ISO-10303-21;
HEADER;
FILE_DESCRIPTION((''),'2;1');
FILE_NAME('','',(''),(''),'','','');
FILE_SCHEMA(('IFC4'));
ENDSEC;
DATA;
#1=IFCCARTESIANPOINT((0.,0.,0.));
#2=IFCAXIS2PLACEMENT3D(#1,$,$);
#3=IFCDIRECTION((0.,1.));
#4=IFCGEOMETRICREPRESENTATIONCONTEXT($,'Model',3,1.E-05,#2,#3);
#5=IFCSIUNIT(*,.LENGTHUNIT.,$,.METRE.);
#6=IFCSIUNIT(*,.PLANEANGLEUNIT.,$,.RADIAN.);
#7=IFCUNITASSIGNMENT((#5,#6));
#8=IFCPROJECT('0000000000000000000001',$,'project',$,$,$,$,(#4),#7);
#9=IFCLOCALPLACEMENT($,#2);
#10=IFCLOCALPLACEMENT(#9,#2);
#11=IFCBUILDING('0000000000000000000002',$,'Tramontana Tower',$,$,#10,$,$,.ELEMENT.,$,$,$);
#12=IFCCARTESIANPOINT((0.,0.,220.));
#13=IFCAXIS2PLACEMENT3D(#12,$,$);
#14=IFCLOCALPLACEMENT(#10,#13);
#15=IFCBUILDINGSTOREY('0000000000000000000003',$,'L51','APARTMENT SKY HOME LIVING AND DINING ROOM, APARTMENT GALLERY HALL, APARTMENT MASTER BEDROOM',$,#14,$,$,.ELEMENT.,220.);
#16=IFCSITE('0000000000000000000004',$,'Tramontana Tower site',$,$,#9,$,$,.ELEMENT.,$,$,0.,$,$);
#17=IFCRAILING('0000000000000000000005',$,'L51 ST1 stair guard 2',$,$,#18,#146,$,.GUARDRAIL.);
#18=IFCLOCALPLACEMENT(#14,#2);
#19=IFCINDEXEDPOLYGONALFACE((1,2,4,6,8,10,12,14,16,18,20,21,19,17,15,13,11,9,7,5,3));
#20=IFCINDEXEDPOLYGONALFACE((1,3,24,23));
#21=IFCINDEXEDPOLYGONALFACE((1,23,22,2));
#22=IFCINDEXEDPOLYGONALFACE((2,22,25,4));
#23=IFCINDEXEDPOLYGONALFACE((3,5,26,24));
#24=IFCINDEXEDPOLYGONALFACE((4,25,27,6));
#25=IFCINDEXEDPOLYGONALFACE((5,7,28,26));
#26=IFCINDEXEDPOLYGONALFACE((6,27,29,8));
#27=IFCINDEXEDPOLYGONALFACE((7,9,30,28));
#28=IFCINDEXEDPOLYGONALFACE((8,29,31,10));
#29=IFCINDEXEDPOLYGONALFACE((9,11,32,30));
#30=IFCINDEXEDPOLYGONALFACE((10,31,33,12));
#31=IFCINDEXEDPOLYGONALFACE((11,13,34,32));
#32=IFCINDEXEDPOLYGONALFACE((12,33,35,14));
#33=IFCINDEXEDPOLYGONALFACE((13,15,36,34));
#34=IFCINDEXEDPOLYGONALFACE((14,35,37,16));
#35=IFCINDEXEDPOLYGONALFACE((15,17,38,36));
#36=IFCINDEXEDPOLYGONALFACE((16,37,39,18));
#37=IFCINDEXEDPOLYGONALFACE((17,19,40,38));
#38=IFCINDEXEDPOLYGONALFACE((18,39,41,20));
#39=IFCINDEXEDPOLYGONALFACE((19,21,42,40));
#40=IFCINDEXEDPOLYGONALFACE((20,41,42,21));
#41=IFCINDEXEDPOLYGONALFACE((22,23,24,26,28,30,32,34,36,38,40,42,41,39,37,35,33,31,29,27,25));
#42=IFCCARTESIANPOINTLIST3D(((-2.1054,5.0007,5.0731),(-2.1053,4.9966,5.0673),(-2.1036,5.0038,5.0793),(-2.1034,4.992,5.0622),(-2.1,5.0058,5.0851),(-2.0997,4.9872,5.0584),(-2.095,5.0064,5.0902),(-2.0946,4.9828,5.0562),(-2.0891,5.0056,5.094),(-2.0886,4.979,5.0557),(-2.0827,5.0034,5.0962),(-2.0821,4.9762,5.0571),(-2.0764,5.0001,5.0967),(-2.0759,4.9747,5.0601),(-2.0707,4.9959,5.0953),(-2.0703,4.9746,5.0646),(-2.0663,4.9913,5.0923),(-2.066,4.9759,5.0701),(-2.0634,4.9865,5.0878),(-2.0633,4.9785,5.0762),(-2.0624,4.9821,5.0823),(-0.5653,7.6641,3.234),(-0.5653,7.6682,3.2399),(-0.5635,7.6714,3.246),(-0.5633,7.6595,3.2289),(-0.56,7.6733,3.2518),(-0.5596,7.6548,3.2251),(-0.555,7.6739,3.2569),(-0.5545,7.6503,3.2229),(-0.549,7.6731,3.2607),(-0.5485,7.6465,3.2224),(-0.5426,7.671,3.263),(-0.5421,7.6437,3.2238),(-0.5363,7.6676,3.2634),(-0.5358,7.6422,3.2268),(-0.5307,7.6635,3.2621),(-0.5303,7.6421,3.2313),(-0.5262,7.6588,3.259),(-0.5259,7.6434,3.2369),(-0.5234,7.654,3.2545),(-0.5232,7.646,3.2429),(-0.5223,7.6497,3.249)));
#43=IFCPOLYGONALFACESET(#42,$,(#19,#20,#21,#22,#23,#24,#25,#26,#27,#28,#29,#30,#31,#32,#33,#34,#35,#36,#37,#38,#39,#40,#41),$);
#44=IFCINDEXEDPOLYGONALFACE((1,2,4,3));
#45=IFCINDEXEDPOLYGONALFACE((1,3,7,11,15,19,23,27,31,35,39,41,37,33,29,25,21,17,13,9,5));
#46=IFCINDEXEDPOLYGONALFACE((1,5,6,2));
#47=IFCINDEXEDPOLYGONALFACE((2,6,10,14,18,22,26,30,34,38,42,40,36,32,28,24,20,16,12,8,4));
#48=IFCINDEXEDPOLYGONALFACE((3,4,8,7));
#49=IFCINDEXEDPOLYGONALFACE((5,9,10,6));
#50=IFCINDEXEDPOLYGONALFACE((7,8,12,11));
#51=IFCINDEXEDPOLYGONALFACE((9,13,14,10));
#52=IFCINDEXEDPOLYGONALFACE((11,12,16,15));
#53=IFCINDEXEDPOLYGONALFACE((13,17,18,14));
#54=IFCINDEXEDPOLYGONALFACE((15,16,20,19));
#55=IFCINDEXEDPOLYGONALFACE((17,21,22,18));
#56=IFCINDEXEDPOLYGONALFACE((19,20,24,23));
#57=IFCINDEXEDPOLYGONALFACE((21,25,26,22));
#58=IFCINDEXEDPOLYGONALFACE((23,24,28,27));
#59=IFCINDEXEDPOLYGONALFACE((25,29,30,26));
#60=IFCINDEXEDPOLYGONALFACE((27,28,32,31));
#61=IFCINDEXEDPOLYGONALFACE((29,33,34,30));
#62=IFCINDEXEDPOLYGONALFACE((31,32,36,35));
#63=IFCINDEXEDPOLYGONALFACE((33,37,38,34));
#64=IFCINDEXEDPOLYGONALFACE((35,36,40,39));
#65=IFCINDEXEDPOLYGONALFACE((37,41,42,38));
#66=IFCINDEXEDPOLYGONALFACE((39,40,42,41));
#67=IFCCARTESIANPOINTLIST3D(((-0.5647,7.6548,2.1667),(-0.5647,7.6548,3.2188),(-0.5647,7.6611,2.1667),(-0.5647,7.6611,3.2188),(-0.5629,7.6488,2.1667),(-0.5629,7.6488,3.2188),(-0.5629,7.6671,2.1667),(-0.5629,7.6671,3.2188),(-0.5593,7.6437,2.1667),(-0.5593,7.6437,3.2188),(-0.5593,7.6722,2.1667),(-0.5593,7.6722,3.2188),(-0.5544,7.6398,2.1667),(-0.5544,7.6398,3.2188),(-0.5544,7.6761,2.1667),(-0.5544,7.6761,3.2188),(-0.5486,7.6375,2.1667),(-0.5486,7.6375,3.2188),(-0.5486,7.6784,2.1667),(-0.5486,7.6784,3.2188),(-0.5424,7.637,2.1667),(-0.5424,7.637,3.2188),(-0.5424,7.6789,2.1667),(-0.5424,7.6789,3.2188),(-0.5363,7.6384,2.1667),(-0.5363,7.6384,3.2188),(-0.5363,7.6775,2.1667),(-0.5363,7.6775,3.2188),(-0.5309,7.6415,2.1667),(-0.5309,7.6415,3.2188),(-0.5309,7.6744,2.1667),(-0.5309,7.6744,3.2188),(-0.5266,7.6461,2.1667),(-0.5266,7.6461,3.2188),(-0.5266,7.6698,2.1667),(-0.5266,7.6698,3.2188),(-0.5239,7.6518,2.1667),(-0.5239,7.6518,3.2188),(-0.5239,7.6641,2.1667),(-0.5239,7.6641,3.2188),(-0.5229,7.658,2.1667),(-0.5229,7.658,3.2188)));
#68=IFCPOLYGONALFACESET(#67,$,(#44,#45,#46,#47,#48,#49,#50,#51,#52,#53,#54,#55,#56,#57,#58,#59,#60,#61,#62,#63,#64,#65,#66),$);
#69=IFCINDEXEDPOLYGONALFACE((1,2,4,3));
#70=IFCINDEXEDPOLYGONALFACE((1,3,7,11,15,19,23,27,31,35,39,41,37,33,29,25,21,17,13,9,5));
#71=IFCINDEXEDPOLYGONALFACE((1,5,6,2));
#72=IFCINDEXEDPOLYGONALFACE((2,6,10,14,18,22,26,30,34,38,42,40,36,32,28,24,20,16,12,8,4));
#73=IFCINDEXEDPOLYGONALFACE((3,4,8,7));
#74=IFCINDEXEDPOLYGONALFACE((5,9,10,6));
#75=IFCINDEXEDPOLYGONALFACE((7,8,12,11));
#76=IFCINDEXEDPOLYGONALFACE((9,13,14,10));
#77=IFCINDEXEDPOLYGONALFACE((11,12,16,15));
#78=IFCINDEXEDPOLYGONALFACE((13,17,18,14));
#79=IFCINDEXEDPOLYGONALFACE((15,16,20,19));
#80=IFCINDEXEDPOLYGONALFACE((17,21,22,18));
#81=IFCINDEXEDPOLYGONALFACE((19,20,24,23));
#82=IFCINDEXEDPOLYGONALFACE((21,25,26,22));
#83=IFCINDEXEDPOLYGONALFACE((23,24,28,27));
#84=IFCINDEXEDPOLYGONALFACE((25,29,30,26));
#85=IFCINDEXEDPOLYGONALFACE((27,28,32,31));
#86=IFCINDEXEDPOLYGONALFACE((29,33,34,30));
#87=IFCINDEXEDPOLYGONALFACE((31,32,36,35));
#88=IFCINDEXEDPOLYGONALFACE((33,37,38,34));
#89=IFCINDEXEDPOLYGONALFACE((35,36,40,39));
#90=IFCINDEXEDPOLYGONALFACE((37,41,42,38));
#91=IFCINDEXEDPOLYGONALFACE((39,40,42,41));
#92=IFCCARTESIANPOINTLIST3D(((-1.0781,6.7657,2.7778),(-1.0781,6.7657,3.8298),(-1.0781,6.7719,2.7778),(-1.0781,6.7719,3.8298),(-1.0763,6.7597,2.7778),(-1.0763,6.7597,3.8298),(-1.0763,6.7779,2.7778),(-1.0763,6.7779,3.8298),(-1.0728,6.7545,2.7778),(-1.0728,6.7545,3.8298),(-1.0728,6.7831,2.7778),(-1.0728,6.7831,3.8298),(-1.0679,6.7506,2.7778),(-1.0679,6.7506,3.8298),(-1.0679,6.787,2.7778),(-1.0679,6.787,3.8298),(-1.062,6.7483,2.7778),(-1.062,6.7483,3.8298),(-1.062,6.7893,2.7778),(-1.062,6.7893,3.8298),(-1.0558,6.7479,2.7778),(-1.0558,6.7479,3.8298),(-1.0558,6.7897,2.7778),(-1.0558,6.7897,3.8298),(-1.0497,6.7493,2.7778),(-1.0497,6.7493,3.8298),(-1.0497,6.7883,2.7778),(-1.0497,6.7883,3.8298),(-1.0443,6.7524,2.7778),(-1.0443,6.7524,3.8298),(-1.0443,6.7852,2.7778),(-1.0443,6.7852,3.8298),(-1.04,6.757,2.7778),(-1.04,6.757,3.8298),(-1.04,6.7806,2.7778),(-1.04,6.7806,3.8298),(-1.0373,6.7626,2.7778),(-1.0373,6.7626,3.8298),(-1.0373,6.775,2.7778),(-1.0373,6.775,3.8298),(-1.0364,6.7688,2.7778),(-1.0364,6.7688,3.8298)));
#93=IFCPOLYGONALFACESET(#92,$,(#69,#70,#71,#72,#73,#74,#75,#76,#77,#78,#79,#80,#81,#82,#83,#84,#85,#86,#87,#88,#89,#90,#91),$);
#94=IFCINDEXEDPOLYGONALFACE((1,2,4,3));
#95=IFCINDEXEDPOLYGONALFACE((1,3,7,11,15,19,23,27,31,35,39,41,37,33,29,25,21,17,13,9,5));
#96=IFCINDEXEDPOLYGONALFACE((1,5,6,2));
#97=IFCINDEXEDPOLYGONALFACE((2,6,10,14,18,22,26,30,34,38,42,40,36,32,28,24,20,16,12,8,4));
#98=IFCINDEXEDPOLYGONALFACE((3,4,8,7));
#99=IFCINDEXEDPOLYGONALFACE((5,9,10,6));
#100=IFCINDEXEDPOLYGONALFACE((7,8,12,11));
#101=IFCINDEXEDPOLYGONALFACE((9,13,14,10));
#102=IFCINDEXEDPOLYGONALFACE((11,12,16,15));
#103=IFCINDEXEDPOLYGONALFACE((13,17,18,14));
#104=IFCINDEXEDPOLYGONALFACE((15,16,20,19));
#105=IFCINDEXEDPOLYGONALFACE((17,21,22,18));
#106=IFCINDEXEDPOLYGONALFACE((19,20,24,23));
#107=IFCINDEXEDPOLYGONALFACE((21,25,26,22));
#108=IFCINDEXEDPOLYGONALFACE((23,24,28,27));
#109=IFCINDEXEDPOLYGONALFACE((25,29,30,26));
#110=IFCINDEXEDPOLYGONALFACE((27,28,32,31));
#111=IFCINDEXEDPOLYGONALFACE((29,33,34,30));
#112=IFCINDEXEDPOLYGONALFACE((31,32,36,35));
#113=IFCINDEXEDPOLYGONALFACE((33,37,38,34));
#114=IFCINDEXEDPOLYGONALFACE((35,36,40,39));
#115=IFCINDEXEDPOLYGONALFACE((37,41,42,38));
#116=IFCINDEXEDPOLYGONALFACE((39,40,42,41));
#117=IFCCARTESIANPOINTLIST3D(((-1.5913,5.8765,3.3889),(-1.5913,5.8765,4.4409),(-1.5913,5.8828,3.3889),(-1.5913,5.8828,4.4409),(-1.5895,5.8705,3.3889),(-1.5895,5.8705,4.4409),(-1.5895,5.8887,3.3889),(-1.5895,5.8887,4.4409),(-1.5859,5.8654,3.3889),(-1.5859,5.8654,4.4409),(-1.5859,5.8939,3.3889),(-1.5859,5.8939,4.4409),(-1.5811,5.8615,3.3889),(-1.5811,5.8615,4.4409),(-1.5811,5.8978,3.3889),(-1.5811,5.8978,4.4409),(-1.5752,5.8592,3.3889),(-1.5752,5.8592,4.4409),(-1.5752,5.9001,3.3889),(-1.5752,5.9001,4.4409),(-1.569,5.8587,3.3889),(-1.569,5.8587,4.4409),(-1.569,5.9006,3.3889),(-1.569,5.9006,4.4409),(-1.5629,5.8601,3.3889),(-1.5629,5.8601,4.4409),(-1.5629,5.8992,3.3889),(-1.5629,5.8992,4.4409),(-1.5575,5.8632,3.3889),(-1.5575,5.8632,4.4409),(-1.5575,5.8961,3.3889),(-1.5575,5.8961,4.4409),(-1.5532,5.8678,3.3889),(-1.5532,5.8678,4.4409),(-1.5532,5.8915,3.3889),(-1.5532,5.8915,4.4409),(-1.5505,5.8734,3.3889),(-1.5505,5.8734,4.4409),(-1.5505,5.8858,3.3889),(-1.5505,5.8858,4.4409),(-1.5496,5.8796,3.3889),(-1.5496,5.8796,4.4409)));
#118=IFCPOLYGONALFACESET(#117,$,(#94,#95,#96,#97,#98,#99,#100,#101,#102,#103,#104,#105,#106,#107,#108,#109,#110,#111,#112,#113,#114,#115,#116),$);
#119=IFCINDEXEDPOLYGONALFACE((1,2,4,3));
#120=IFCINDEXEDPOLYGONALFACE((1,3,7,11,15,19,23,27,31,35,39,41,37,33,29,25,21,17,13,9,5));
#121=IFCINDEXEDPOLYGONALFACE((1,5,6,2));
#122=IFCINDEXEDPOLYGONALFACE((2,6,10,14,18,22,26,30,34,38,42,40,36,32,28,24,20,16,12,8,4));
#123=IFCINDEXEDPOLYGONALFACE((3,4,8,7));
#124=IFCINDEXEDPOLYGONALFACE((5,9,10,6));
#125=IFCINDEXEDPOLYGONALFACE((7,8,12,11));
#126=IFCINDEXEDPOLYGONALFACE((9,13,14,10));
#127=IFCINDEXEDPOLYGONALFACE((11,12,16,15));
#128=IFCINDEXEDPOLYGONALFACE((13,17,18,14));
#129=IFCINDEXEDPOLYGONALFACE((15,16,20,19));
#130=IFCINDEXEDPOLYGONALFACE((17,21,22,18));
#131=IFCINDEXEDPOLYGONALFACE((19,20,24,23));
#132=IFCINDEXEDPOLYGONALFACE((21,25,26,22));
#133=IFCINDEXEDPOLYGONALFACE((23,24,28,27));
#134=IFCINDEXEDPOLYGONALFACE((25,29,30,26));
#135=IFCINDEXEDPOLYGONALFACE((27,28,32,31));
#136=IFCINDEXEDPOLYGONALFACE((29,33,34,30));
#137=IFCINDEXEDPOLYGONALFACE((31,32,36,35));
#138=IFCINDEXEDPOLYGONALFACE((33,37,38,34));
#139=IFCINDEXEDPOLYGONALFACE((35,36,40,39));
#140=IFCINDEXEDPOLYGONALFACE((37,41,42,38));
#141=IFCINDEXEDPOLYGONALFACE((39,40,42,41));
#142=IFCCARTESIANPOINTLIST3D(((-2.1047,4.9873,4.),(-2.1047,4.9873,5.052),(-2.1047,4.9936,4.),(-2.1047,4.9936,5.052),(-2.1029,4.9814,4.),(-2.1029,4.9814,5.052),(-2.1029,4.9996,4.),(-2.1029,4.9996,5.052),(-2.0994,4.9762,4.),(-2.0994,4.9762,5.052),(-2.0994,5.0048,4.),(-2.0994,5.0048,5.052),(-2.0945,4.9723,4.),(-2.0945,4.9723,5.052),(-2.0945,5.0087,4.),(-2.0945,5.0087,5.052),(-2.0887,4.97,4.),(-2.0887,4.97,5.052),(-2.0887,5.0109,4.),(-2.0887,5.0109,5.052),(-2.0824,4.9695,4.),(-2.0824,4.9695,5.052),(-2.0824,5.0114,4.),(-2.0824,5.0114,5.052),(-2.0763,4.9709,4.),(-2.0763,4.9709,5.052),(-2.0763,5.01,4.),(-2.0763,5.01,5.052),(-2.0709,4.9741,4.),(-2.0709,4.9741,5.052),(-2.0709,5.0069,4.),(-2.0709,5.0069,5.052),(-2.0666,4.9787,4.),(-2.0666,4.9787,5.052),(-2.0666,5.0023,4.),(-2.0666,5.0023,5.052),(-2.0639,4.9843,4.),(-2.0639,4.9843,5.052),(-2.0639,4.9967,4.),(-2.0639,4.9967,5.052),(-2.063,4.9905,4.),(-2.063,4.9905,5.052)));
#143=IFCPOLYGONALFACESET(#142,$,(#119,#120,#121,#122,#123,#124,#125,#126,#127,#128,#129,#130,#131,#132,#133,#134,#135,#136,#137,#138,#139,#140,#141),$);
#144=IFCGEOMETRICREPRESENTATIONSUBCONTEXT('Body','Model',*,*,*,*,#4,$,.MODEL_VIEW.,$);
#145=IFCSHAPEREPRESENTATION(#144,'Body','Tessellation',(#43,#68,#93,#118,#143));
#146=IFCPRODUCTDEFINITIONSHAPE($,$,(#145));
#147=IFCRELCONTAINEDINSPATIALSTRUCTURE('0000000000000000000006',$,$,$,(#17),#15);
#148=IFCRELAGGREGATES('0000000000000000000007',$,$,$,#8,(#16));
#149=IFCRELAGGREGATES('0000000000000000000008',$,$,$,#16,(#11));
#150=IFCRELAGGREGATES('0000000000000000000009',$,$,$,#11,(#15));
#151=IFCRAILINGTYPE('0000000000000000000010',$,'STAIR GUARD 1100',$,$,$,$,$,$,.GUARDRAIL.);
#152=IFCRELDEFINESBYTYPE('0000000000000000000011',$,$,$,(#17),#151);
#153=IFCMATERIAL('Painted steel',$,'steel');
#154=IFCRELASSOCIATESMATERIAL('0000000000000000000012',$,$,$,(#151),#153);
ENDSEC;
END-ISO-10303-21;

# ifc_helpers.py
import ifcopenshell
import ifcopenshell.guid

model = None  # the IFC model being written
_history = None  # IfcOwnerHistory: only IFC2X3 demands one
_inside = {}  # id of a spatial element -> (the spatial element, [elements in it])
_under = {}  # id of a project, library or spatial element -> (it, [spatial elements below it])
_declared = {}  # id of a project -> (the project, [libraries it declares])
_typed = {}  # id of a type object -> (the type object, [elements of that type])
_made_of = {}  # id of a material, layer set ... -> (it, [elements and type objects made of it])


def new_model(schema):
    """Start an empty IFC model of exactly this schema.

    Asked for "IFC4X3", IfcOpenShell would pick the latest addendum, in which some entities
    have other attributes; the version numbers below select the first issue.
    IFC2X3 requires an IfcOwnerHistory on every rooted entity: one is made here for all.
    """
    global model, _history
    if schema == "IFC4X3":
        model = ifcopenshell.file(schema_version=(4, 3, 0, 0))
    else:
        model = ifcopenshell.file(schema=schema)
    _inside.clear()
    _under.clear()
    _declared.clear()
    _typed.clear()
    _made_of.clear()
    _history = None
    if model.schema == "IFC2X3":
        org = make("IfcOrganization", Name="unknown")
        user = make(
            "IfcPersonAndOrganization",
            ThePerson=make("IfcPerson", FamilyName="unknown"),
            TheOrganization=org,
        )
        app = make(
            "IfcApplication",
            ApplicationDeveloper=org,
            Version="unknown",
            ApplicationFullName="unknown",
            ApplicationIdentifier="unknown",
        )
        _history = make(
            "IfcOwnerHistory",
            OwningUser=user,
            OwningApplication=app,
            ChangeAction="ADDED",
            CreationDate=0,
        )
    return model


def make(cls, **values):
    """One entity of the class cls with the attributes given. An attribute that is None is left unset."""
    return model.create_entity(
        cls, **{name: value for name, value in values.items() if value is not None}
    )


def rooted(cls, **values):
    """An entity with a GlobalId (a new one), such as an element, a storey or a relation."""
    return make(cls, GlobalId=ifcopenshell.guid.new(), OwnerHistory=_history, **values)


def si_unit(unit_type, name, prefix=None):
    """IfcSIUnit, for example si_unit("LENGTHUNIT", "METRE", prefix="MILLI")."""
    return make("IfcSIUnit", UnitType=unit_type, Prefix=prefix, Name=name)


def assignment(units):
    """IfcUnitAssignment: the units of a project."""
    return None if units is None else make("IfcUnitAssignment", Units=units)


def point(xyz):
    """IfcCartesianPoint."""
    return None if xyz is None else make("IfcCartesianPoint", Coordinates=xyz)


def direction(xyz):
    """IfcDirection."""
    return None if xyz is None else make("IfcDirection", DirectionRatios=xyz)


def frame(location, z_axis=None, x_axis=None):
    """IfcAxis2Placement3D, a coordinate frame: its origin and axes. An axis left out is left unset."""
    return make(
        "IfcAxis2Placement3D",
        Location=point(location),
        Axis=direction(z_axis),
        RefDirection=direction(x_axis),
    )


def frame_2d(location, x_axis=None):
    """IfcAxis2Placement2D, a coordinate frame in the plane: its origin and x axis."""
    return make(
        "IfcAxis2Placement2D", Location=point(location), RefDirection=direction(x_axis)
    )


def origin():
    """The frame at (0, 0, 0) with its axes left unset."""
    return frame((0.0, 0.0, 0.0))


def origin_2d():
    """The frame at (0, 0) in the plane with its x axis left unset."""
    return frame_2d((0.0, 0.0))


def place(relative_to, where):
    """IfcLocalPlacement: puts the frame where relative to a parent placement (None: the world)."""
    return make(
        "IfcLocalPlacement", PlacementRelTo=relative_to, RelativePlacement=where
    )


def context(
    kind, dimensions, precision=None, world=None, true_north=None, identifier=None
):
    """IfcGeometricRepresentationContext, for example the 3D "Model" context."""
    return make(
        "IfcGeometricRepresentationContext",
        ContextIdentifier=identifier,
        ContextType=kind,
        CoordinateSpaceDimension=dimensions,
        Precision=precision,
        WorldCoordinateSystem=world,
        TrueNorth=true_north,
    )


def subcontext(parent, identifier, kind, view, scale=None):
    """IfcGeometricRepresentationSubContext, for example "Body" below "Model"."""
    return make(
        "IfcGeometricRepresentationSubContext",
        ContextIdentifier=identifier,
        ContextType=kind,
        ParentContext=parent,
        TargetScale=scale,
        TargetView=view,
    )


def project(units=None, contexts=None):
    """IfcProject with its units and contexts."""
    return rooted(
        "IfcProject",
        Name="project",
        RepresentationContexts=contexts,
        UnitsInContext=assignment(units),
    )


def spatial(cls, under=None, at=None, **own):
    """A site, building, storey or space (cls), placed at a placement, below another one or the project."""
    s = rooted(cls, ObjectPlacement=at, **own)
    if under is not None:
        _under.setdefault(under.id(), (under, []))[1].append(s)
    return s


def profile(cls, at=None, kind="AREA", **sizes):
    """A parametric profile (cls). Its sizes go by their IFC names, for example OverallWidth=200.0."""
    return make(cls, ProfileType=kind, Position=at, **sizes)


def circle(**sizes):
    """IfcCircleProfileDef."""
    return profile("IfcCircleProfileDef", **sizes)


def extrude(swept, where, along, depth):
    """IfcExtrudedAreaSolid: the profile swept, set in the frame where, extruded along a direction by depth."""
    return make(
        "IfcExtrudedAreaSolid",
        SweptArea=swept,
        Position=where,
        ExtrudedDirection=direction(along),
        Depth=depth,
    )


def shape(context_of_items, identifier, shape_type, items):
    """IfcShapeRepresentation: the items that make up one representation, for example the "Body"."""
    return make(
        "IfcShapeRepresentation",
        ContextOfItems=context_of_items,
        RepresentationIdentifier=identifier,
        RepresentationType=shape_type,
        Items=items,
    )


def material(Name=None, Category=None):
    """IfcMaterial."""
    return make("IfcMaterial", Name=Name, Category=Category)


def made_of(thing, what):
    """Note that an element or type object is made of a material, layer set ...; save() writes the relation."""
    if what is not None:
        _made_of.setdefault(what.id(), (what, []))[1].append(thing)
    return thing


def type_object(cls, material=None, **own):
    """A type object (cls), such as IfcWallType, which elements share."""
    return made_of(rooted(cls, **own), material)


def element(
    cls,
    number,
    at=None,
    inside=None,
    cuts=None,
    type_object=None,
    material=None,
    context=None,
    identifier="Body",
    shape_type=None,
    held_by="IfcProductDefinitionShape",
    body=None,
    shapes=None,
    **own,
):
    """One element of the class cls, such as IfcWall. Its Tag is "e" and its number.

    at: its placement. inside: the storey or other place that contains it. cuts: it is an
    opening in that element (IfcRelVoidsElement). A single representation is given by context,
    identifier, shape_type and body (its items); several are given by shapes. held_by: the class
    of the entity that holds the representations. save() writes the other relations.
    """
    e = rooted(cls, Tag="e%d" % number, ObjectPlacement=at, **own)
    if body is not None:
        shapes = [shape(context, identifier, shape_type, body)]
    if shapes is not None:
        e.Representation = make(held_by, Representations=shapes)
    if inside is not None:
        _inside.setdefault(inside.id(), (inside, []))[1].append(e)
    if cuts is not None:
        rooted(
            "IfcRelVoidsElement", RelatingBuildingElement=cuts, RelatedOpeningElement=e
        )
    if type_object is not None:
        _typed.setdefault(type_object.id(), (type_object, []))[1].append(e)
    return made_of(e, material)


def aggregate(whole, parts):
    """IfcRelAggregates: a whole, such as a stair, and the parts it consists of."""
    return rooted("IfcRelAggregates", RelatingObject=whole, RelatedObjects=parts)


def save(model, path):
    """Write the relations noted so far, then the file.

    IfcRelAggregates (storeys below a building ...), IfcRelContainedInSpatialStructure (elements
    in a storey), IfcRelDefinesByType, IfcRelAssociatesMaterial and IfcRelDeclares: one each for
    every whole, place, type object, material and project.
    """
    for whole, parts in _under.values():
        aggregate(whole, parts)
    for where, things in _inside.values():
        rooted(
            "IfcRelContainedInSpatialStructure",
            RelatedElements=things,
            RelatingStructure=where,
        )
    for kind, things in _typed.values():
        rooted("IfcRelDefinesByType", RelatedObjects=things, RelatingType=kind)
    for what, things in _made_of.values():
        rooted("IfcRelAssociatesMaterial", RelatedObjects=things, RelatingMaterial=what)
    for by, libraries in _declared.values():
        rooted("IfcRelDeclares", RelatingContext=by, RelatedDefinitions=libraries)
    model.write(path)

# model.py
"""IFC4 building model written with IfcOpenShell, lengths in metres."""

from ifc_helpers import new_model, si_unit, direction, frame, origin, origin_2d, place, context, subcontext, project, spatial, circle, extrude, material, type_object, element, save


model = new_model("IFC4")

# Units and contexts
model_context = context("Model", 3, precision=1e-05, world=origin(), true_north=direction((0.0, 1.0)))
body_context = subcontext(model_context, "Body", "Model", "MODEL_VIEW")
ifc_project = project(units=[si_unit("LENGTHUNIT", "METRE"), si_unit("PLANEANGLEUNIT", "RADIAN")], contexts=[model_context])

# Site, building, storey
site_placement = place(None, origin())
site = spatial("IfcSite", under=ifc_project, at=site_placement, Name="Tramontana Tower site", CompositionType="ELEMENT", RefElevation=0.0)
building_placement = place(site_placement, origin())
building = spatial("IfcBuilding", under=site, at=building_placement, Name="Tramontana Tower", CompositionType="ELEMENT")
storey_placement = place(building_placement, frame((0.0, 0.0, 220.0)))
storey = spatial("IfcBuildingStorey", under=building, at=storey_placement, Name="L51", Description="APARTMENT SKY HOME LIVING AND DINING ROOM, APARTMENT GALLERY HALL, APARTMENT MASTER BEDROOM", CompositionType="ELEMENT", Elevation=220.0)

# Railing
ifc_material_1 = material(Name="Painted steel", Category="steel")
railing_type_1 = type_object("IfcRailingType", Name="STAIR GUARD 1100", PredefinedType="GUARDRAIL", material=ifc_material_1)
railing_1_placement = place(storey_placement, frame((-0.5439, 7.658, 2.1667)))
element("IfcRailing", 1, at=railing_1_placement, inside=storey, type_object=railing_type_1, Name="L51 ST1 stair guard 2", PredefinedType="GUARDRAIL", context=body_context, shape_type="SweptSolid", body=[
    extrude(circle(Radius=0.0239, at=origin_2d()), frame((0.0, 0.0, 1.0762), z_axis=(-0.429649, -0.74419, 0.511452), x_axis=(0.86603, -0.499992, 0.0)), (0.0, 0.0, 1.0), 3.5845),
    extrude(circle(Radius=0.021, at=origin_2d()), origin(), (0.0, 0.0, 1.0), 1.052),
    extrude(circle(Radius=0.021, at=origin_2d()), frame((-0.5134, -0.8892, 0.6111)), (0.0, 0.0, 1.0), 1.052),
    extrude(circle(Radius=0.021, at=origin_2d()), frame((-1.0266, -1.7783, 1.2222)), (0.0, 0.0, 1.0), 1.052),
    extrude(circle(Radius=0.021, at=origin_2d()), frame((-1.54, -2.6675, 1.8333)), (0.0, 0.0, 1.0), 1.052),
])

save(model, "model.ifc")
